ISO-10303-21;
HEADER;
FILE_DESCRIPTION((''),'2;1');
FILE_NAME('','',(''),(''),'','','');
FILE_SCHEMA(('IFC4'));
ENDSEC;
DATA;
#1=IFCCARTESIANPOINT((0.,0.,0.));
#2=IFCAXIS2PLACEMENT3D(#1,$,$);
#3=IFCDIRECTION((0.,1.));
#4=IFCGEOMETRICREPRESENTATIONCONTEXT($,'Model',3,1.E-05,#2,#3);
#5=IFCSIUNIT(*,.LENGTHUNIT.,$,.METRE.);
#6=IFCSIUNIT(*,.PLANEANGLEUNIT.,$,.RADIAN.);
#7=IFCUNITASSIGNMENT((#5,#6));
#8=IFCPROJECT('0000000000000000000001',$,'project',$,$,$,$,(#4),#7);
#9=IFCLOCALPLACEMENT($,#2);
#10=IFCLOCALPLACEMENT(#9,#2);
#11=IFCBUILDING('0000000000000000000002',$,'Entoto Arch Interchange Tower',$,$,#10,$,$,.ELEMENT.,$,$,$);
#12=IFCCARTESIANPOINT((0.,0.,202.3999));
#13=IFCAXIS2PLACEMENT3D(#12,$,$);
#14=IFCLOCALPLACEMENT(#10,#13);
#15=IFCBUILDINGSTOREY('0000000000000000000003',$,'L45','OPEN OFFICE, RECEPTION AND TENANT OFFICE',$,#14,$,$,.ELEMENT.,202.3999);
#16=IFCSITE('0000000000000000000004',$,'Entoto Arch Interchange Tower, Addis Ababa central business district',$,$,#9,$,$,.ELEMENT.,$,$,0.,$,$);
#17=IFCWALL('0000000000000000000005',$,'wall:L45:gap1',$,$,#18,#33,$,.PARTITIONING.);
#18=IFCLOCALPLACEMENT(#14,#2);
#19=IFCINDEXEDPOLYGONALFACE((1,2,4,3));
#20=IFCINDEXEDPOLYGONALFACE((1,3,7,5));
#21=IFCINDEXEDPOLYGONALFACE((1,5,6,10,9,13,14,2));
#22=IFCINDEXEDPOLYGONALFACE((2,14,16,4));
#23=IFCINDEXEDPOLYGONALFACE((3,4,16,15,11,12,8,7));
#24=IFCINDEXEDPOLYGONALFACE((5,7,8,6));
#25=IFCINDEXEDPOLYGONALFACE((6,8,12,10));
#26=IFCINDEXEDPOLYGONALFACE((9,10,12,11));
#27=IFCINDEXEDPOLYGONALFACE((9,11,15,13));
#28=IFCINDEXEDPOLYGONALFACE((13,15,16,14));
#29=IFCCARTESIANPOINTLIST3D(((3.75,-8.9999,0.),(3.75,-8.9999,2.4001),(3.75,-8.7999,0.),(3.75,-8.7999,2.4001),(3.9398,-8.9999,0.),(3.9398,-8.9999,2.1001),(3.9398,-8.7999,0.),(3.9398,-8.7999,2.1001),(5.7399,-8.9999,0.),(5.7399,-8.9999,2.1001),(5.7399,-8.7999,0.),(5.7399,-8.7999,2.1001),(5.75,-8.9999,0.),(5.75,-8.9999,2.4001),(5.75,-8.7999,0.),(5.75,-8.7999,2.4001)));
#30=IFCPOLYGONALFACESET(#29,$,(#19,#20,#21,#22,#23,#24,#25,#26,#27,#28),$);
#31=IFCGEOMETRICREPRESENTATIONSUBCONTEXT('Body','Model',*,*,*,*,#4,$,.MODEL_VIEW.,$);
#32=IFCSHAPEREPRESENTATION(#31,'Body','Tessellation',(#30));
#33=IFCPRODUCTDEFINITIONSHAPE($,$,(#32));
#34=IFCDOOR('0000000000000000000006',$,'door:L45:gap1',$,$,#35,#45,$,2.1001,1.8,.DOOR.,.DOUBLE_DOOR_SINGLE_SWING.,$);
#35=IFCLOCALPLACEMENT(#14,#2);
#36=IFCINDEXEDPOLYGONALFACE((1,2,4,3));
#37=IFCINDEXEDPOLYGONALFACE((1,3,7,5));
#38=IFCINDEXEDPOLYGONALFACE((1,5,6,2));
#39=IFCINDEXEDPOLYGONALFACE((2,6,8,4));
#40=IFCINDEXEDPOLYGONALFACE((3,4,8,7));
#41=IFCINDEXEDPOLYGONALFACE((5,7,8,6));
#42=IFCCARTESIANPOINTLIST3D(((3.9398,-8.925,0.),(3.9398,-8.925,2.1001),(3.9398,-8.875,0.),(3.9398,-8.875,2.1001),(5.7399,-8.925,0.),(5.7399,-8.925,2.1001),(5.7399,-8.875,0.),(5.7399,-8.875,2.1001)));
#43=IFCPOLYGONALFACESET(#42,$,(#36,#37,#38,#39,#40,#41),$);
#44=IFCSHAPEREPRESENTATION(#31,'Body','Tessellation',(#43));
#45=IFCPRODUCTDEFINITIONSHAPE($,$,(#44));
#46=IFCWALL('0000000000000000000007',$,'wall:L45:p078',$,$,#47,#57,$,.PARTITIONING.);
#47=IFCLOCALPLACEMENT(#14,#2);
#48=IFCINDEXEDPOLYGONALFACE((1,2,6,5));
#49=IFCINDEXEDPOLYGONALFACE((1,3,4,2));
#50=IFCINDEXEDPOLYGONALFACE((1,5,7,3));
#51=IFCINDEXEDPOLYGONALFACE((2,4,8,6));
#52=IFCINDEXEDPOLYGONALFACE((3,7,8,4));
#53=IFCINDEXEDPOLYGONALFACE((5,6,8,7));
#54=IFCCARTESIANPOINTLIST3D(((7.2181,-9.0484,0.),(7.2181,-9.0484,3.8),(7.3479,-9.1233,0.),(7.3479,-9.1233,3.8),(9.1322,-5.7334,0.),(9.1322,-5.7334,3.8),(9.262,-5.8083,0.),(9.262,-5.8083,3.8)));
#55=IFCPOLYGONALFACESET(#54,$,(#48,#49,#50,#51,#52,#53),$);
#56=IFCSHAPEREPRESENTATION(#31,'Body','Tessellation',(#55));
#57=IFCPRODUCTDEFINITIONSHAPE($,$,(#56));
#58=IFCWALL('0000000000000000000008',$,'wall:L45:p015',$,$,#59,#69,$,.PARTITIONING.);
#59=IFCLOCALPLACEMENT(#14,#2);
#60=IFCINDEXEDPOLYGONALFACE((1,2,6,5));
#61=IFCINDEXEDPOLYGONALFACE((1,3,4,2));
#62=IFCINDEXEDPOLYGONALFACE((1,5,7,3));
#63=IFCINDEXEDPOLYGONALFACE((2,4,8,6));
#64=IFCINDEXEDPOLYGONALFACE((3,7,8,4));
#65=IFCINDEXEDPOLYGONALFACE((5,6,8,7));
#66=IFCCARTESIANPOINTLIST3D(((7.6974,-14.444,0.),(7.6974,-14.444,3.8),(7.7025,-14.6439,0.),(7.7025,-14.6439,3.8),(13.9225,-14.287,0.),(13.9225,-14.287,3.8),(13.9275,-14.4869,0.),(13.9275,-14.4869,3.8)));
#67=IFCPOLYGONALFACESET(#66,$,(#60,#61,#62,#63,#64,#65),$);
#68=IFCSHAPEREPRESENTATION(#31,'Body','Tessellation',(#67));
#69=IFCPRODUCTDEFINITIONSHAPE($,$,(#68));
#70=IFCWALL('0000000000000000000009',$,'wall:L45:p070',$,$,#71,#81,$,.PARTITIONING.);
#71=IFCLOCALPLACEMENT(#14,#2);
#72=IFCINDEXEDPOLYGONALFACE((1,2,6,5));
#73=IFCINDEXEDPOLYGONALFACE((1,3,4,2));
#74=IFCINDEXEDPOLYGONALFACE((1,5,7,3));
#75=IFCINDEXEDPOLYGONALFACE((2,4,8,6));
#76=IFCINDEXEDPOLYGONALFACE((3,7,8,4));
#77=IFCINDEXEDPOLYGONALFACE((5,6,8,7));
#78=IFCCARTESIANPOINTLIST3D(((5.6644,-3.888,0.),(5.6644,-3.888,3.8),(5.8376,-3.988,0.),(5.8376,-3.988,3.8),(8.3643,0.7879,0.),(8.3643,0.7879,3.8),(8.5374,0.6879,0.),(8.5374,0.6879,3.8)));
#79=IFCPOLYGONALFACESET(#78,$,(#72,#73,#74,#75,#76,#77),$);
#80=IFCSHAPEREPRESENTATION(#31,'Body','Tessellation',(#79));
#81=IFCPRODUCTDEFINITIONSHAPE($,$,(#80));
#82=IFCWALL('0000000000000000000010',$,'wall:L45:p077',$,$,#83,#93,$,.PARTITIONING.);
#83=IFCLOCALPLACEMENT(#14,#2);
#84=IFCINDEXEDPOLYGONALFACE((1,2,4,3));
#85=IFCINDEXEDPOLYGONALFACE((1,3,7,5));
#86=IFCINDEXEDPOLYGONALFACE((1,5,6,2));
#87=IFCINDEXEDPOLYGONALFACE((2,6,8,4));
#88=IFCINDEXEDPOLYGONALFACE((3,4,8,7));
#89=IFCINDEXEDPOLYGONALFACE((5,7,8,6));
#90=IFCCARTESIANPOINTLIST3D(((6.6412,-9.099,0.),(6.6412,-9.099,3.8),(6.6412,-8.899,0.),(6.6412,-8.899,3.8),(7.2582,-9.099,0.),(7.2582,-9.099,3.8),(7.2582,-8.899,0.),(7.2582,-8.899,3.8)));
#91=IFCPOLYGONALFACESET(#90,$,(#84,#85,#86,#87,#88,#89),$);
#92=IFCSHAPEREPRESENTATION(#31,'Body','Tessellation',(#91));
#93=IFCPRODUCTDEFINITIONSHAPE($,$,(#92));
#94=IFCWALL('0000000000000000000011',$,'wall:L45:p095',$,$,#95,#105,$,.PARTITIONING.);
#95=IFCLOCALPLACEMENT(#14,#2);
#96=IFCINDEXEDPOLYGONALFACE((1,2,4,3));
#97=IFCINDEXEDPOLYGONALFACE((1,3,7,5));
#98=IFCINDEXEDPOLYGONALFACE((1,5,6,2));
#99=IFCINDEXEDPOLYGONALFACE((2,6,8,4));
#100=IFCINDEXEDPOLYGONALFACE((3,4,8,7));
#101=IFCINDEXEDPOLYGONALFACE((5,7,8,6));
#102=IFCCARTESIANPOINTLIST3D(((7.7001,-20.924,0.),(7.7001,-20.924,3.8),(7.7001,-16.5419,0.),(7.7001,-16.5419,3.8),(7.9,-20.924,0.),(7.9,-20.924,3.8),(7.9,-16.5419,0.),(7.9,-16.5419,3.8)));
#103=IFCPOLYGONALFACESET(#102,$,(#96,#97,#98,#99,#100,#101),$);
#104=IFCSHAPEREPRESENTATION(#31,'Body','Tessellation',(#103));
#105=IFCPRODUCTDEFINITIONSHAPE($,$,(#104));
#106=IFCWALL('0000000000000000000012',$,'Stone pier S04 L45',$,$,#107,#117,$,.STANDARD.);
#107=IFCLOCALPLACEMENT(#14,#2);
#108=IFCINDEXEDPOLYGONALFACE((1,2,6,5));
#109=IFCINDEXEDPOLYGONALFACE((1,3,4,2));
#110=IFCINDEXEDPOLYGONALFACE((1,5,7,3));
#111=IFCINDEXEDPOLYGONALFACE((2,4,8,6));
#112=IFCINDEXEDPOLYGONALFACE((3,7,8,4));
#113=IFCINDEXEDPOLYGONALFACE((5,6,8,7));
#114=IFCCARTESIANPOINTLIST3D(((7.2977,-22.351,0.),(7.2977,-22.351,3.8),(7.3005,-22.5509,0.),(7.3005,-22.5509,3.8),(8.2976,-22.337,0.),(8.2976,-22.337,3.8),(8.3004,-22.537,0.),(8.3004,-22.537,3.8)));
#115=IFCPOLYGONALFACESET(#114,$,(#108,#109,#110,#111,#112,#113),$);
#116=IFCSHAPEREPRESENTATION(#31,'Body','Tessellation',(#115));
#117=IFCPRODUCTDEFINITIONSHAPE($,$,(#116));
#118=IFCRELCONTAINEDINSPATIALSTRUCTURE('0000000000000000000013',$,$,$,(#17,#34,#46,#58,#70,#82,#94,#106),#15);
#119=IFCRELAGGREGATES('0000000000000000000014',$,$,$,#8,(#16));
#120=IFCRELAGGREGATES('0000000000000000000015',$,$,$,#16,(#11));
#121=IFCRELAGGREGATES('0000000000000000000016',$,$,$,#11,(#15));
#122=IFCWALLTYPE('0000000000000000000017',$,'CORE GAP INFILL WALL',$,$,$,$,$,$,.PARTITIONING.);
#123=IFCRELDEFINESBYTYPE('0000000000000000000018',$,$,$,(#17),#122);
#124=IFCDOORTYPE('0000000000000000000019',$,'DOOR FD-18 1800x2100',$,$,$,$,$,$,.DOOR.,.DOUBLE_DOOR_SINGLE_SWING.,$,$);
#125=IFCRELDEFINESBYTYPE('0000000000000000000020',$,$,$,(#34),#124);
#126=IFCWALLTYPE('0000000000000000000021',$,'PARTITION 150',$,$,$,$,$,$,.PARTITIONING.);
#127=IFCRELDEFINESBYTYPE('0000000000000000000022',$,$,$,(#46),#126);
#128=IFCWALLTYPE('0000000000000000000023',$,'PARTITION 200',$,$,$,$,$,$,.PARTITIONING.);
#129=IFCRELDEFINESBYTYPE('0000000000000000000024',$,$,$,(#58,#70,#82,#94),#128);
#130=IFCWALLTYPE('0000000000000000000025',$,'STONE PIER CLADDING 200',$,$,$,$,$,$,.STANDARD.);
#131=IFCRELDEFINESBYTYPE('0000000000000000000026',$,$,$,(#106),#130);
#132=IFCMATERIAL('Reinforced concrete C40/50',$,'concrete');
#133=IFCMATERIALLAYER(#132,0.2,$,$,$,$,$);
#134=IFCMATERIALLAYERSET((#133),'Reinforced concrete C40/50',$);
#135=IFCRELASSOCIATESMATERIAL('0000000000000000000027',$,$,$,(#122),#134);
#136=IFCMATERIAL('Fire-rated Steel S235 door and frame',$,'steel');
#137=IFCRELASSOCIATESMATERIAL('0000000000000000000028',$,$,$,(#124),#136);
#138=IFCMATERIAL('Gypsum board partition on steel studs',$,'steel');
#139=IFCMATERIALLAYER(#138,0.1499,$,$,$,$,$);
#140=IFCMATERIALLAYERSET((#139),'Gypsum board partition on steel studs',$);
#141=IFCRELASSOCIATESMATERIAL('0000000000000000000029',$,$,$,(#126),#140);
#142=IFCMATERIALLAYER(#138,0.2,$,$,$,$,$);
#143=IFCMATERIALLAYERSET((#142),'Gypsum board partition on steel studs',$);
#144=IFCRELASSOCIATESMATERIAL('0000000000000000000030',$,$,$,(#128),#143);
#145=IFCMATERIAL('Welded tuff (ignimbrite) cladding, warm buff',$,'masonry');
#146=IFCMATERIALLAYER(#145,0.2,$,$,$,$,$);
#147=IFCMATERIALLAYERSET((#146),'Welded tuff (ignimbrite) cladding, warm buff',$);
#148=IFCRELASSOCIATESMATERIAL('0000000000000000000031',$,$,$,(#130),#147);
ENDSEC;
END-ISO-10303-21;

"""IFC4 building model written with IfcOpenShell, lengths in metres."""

from ifc_helpers import new_model, si_unit, direction, frame, frame_2d, origin, place, context, subcontext, project, spatial, rectangle, extrude, material, layer, layer_set, type_object, element, fill, save


model = new_model("IFC4")

# Units and contexts
model_context = context("Model", 3, precision=1e-05, world=origin(), true_north=direction((0.0, 1.0)))
body_context = subcontext(model_context, "Body", "Model", "MODEL_VIEW")
ifc_project = project(units=[si_unit("LENGTHUNIT", "METRE"), si_unit("PLANEANGLEUNIT", "RADIAN")], contexts=[model_context])

# Site, building, storey
site_placement = place(None, origin())
site = spatial("IfcSite", under=ifc_project, at=site_placement, Name="Entoto Arch Interchange Tower, Addis Ababa central business district", CompositionType="ELEMENT", RefElevation=0.0)
building_placement = place(site_placement, origin())
building = spatial("IfcBuilding", under=site, at=building_placement, Name="Entoto Arch Interchange Tower", CompositionType="ELEMENT")
storey_placement = place(building_placement, frame((0.0, 0.0, 202.3999)))
storey = spatial("IfcBuildingStorey", under=building, at=storey_placement, Name="L45", Description="OPEN OFFICE, RECEPTION AND TENANT OFFICE", CompositionType="ELEMENT", Elevation=202.3999)

# Wall, opening, door
ifc_material_1 = material(Name="Reinforced concrete C40/50", Category="concrete")
ifc_layer_1 = layer(ifc_material_1, 0.2)
ifc_layer_set_1 = layer_set([ifc_layer_1], Name="Reinforced concrete C40/50")
wall_type_1 = type_object("IfcWallType", Name="CORE GAP INFILL WALL", PredefinedType="PARTITIONING", material=ifc_layer_set_1)
wall_1_placement = place(storey_placement, frame((3.75, -8.8999, 0.0), z_axis=(0.0, 0.0, 1.0), x_axis=(1.0, 0.0, 0.0)))
wall_1 = element("IfcWall", 1, at=wall_1_placement, inside=storey, type_object=wall_type_1, Name="wall:L45:gap1", PredefinedType="PARTITIONING", context=body_context, shape_type="SweptSolid", body=[
    extrude(rectangle(XDim=2.0, YDim=0.2, at=frame_2d((1.0, 0.0))), origin(), (0.0, 0.0, 1.0), 2.4001),
])
opening_placement = place(wall_1_placement, frame((0.1899, 0.0, 0.0)))
opening = element("IfcOpeningElement", 2, at=opening_placement, cuts=wall_1, PredefinedType="OPENING", context=body_context, shape_type="SweptSolid", body=[
    extrude(rectangle(XDim=1.8, YDim=2.1001, at=frame_2d((0.8999, 1.05))), frame((0.0, 0.1099, 0.0), z_axis=(0.0, -1.0, 0.0), x_axis=(1.0, 0.0, 0.0)), (0.0, 0.0, 1.0), 0.22),
])
ifc_material_2 = material(Name="Fire-rated Steel S235 door and frame", Category="steel")
door_type = type_object("IfcDoorType", Name="DOOR FD-18 1800x2100", OperationType="DOUBLE_DOOR_SINGLE_SWING", PredefinedType="DOOR", material=ifc_material_2)
door_placement = place(opening_placement, origin())
door = element("IfcDoor", 3, at=door_placement, inside=storey, type_object=door_type, Name="door:L45:gap1", OperationType="DOUBLE_DOOR_SINGLE_SWING", OverallHeight=2.1001, OverallWidth=1.8, PredefinedType="DOOR", context=body_context, shape_type="SweptSolid", body=[
    extrude(rectangle(XDim=1.8, YDim=2.1001, at=frame_2d((0.8999, 1.05))), frame((0.0, 0.0249, 0.0), z_axis=(0.0, -1.0, 0.0), x_axis=(1.0, 0.0, 0.0)), (0.0, 0.0, 1.0), 0.05),
])
fill(opening, door)

# Walls
ifc_material_3 = material(Name="Gypsum board partition on steel studs", Category="steel")
ifc_layer_2 = layer(ifc_material_3, 0.1499)
ifc_layer_set_2 = layer_set([ifc_layer_2], Name="Gypsum board partition on steel studs")
wall_type_2 = type_object("IfcWallType", Name="PARTITION 150", PredefinedType="PARTITIONING", material=ifc_layer_set_2)
wall_2_placement = place(storey_placement, frame((7.283, -9.0859, 0.0), z_axis=(0.0, 0.0, 1.0), x_axis=(0.500035, 0.866005, 0.0)))
element("IfcWall", 4, at=wall_2_placement, inside=storey, type_object=wall_type_2, Name="wall:L45:p078", PredefinedType="PARTITIONING", context=body_context, shape_type="SweptSolid", body=[
    extrude(rectangle(XDim=3.8279, YDim=0.1499, at=frame_2d((1.9141, 0.0))), origin(), (0.0, 0.0, 1.0), 3.8),
])
ifc_layer_3 = layer(ifc_material_3, 0.2)
ifc_layer_set_3 = layer_set([ifc_layer_3], Name="Gypsum board partition on steel studs")
wall_type_3 = type_object("IfcWallType", Name="PARTITION 200", PredefinedType="PARTITIONING", material=ifc_layer_set_3)
wall_3_placement = place(storey_placement, frame((7.7, -14.5439, 0.0), z_axis=(0.0, 0.0, 1.0), x_axis=(0.999682, 0.02521, 0.0)))
element("IfcWall", 5, at=wall_3_placement, inside=storey, type_object=wall_type_3, Name="wall:L45:p015", PredefinedType="PARTITIONING", context=body_context, shape_type="SweptSolid", body=[
    extrude(rectangle(XDim=6.2271, YDim=0.2, at=frame_2d((3.1135, 0.0))), origin(), (0.0, 0.0, 1.0), 3.8),
])
wall_4_placement = place(storey_placement, frame((5.751, -3.938, 0.0), z_axis=(0.0, 0.0, 1.0), x_axis=(0.500034, 0.866006, 0.0)))
element("IfcWall", 6, at=wall_4_placement, inside=storey, type_object=wall_type_3, Name="wall:L45:p070", PredefinedType="PARTITIONING", context=body_context, shape_type="SweptSolid", body=[
    extrude(rectangle(XDim=5.3994, YDim=0.2, at=frame_2d((2.6997, 0.0))), origin(), (0.0, 0.0, 1.0), 3.8),
])
wall_5_placement = place(storey_placement, frame((6.6411, -8.999, 0.0), z_axis=(0.0, 0.0, 1.0), x_axis=(1.0, 0.0, 0.0)))
element("IfcWall", 7, at=wall_5_placement, inside=storey, type_object=wall_type_3, Name="wall:L45:p077", PredefinedType="PARTITIONING", context=body_context, shape_type="SweptSolid", body=[
    extrude(rectangle(XDim=0.6169, YDim=0.2, at=frame_2d((0.3086, 0.0))), origin(), (0.0, 0.0, 1.0), 3.8),
])
wall_6_placement = place(storey_placement, frame((7.8, -16.542, 0.0), z_axis=(0.0, 0.0, 1.0), x_axis=(0.0, -1.0, 0.0)))
element("IfcWall", 8, at=wall_6_placement, inside=storey, type_object=wall_type_3, Name="wall:L45:p095", PredefinedType="PARTITIONING", context=body_context, shape_type="SweptSolid", body=[
    extrude(rectangle(XDim=4.3821, YDim=0.2, at=frame_2d((2.1909, 0.0))), origin(), (0.0, 0.0, 1.0), 3.8),
])
ifc_material_4 = material(Name="Welded tuff (ignimbrite) cladding, warm buff", Category="masonry")
ifc_layer_4 = layer(ifc_material_4, 0.2)
ifc_layer_set_4 = layer_set([ifc_layer_4], Name="Welded tuff (ignimbrite) cladding, warm buff")
wall_type_4 = type_object("IfcWallType", Name="STONE PIER CLADDING 200", PredefinedType="STANDARD", material=ifc_layer_set_4)
wall_7_placement = place(storey_placement, frame((7.2991, -22.4509, 0.0), z_axis=(0.0, 0.0, 1.0), x_axis=(0.999903, 0.013915, 0.0)))
element("IfcWall", 9, at=wall_7_placement, inside=storey, type_object=wall_type_4, Name="Stone pier S04 L45", PredefinedType="STANDARD", context=body_context, shape_type="SweptSolid", body=[
    extrude(rectangle(XDim=1.0, YDim=0.2, at=frame_2d((0.5, 0.0))), origin(), (0.0, 0.0, 1.0), 3.8),
])

save(model, "model.ifc")
